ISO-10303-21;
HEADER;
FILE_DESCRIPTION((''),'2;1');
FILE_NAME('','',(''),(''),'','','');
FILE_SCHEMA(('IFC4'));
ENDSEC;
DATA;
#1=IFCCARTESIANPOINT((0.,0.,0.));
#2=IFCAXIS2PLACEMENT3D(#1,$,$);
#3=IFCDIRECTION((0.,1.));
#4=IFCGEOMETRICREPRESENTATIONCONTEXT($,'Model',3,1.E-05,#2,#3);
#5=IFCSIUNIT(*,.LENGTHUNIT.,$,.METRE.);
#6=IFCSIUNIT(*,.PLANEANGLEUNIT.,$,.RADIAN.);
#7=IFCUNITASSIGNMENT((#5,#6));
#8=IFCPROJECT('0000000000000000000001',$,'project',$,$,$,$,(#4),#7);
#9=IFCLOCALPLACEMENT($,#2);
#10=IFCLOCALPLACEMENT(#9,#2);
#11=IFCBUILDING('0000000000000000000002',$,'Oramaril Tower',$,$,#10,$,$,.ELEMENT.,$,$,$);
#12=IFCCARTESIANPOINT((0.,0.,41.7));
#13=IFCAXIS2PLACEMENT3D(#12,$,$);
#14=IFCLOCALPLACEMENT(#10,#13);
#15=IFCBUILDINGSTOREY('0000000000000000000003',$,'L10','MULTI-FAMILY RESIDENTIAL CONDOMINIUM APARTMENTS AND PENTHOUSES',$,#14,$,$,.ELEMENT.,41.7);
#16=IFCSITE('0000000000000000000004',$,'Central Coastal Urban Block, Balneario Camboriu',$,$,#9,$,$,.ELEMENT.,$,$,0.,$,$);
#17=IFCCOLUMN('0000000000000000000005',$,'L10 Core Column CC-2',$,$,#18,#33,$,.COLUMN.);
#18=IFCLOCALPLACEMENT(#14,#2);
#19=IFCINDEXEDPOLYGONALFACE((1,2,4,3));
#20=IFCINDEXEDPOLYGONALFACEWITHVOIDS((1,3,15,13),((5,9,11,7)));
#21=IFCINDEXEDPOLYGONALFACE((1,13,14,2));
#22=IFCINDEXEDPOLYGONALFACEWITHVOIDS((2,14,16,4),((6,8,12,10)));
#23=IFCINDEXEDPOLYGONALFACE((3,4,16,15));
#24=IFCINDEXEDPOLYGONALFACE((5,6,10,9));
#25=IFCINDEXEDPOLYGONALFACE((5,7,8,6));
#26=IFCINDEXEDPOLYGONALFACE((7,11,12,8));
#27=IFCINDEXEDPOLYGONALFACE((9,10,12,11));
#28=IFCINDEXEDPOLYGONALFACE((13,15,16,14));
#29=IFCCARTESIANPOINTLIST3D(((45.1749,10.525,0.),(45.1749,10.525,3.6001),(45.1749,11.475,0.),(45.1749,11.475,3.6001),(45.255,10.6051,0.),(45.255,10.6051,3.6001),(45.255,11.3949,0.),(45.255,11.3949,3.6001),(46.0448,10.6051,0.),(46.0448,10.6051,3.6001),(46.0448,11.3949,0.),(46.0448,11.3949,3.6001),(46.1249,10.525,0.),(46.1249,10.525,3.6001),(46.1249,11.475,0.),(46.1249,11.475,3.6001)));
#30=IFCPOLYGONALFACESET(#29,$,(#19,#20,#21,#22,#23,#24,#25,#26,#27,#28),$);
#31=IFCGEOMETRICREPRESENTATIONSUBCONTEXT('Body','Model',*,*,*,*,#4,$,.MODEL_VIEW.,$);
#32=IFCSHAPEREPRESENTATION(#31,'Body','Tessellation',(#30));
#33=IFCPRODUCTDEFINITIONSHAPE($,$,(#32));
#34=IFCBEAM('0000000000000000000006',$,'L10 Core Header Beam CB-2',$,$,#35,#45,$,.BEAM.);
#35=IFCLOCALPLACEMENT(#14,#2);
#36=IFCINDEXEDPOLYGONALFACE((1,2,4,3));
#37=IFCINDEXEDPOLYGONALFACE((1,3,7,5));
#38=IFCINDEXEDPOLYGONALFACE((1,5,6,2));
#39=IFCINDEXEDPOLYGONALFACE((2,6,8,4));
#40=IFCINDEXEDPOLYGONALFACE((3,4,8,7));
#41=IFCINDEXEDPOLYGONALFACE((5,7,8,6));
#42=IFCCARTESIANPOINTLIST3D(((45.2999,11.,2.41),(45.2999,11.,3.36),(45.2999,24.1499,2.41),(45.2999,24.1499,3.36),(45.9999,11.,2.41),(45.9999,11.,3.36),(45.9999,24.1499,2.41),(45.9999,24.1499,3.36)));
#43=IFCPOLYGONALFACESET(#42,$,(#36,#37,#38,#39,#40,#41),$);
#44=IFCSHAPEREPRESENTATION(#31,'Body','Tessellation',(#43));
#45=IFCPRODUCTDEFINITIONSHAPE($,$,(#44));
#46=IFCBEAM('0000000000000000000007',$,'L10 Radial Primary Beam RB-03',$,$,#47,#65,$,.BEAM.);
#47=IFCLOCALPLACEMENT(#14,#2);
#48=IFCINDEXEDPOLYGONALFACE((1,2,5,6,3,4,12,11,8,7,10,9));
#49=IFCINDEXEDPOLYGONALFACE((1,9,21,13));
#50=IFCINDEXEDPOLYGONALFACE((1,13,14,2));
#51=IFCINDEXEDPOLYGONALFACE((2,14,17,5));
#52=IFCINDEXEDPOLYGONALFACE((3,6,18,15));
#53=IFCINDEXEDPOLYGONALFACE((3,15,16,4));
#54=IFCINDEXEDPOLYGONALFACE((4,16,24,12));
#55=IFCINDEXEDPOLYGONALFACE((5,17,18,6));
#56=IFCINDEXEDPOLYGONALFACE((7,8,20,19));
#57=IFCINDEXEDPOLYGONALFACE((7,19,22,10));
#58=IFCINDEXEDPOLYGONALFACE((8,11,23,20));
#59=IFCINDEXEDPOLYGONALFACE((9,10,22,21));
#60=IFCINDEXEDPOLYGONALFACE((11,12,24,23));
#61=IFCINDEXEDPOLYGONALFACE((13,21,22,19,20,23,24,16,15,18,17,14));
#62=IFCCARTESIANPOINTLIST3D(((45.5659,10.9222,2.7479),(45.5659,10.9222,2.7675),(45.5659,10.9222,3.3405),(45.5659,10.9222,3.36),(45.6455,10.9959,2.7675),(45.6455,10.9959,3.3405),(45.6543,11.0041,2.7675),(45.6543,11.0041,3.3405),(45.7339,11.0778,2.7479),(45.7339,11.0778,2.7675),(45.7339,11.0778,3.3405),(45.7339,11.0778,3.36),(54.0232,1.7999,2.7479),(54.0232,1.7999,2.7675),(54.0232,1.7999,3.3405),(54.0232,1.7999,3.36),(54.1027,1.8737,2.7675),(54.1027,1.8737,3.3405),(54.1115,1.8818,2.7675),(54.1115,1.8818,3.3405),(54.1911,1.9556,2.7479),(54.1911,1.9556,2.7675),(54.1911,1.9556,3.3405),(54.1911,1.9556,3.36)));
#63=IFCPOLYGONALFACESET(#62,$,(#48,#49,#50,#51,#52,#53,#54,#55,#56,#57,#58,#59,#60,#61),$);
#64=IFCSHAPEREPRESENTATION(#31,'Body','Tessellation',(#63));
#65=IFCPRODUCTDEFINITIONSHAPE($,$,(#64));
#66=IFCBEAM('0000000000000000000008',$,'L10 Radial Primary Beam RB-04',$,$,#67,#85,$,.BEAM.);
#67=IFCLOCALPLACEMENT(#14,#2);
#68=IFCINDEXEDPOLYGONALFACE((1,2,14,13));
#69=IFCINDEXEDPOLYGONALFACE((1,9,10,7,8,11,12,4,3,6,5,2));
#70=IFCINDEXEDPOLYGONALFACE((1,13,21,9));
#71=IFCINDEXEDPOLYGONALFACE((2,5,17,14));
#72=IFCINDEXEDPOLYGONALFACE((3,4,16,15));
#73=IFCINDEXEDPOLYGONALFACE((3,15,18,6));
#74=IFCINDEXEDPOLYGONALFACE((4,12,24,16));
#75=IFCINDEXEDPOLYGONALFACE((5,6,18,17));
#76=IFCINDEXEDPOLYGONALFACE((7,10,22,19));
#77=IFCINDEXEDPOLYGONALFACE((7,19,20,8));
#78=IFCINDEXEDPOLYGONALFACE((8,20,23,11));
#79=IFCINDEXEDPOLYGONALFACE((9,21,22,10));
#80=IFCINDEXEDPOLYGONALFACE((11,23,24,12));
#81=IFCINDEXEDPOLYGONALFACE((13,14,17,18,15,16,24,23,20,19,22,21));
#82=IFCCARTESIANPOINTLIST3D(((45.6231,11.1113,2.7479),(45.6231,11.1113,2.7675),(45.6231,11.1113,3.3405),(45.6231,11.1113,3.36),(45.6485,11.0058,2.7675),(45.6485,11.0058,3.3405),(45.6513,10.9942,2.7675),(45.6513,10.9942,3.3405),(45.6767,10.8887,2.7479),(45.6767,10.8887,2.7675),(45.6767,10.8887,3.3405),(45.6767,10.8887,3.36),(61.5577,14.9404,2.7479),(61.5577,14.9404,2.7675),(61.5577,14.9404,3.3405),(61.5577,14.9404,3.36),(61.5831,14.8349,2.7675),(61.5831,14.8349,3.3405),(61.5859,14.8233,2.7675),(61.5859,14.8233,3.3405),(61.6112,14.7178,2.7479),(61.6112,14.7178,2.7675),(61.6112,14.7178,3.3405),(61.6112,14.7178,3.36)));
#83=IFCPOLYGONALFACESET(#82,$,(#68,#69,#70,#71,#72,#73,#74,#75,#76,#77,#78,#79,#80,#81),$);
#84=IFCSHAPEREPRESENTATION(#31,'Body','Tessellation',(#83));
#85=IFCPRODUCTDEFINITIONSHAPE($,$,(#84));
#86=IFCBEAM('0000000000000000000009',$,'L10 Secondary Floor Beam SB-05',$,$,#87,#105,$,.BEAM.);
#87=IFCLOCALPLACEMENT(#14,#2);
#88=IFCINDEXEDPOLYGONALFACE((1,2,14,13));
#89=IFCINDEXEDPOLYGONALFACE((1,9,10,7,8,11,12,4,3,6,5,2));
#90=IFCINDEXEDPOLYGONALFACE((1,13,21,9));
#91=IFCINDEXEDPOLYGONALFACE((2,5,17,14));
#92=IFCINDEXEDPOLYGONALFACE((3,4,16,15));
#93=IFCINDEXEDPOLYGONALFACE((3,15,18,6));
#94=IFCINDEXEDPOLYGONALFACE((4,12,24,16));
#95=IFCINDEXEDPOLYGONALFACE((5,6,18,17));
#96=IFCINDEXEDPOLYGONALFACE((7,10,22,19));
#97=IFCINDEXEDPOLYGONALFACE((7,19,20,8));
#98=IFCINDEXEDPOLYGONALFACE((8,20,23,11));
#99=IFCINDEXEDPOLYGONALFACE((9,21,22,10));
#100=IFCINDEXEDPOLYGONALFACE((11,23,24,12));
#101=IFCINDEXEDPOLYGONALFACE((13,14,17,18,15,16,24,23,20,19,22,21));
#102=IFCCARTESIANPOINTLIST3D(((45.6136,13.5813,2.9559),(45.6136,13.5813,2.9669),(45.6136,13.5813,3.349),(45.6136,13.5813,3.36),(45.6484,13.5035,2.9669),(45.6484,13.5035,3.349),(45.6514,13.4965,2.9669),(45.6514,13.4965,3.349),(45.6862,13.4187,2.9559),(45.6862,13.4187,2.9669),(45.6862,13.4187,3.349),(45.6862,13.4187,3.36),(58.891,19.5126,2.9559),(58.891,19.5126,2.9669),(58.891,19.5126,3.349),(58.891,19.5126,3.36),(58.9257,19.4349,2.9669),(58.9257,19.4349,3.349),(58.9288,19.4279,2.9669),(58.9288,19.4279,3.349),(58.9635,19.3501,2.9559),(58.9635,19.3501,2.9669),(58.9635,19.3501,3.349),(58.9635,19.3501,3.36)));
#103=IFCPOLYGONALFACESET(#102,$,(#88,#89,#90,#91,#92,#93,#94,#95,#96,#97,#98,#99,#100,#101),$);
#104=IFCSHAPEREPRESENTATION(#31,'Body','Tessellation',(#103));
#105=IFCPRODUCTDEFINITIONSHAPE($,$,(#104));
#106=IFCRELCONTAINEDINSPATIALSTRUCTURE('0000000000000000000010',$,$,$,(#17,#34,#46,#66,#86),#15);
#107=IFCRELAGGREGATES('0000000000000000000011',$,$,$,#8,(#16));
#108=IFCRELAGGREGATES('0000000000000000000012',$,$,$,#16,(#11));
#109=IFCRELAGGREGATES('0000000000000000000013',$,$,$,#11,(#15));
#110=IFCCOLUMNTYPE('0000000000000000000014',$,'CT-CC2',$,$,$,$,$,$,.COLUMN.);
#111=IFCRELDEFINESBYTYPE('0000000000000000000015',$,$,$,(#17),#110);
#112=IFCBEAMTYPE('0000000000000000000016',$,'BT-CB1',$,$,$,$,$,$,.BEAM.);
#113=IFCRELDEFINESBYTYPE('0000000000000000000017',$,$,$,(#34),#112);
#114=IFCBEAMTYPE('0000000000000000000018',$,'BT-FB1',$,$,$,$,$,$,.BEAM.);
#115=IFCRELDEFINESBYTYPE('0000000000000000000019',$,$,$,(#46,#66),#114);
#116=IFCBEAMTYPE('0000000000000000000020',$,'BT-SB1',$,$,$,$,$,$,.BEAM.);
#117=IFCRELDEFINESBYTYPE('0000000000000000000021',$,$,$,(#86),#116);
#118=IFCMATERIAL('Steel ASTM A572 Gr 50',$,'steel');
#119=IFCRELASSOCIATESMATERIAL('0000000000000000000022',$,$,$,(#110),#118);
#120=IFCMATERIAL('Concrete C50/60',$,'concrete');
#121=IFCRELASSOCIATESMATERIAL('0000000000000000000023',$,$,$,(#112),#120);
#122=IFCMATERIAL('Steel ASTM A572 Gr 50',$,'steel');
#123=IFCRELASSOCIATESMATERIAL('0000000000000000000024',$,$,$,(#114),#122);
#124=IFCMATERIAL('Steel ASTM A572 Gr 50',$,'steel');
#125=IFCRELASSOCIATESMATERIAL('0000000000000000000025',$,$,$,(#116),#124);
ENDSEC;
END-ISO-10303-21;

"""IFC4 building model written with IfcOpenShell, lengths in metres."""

from ifc_helpers import new_model, si_unit, direction, frame, origin, origin_2d, place, context, subcontext, project, spatial, rectangle, hollow_rectangle, i_section, extrude, material, material_profile, profile_set, type_object, element, save


model = new_model("IFC4")

# Units and contexts
model_context = context("Model", 3, precision=1e-05, world=origin(), true_north=direction((0.0, 1.0)))
body_context = subcontext(model_context, "Body", "Model", "MODEL_VIEW")
ifc_project = project(units=[si_unit("LENGTHUNIT", "METRE"), si_unit("PLANEANGLEUNIT", "RADIAN")], contexts=[model_context])

# Site, building, storey
site_placement = place(None, origin())
site = spatial("IfcSite", under=ifc_project, at=site_placement, Name="Central Coastal Urban Block, Balneario Camboriu", CompositionType="ELEMENT", RefElevation=0.0)
building_placement = place(site_placement, origin())
building = spatial("IfcBuilding", under=site, at=building_placement, Name="Oramaril Tower", CompositionType="ELEMENT")
storey_placement = place(building_placement, frame((0.0, 0.0, 41.7)))
storey = spatial("IfcBuildingStorey", under=building, at=storey_placement, Name="L10", Description="MULTI-FAMILY RESIDENTIAL CONDOMINIUM APARTMENTS AND PENTHOUSES", CompositionType="ELEMENT", Elevation=41.7)

# Column
ifc_material_1 = material(Name="Steel ASTM A572 Gr 50", Category="steel")
ifc_material_profile_1 = material_profile(ifc_material_1, hollow_rectangle(XDim=0.95, YDim=0.95, WallThickness=0.0801, at=origin_2d()), Name="BOX950X950X80")
ifc_profile_set_1 = profile_set([ifc_material_profile_1], Name="Steel ASTM A572 Gr 50")
column_type = type_object("IfcColumnType", Name="CT-CC2", PredefinedType="COLUMN", material=ifc_profile_set_1)
column_placement = place(storey_placement, frame((45.6499, 11.0, 0.0), z_axis=(0.0, 0.0, 1.0), x_axis=(1.0, 0.0, 0.0)))
element("IfcColumn", 1, at=column_placement, inside=storey, type_object=column_type, Name="L10 Core Column CC-2", PredefinedType="COLUMN", context=body_context, shape_type="SweptSolid", body=[
    extrude(hollow_rectangle(XDim=0.95, YDim=0.95, WallThickness=0.0801, at=origin_2d()), origin(), (0.0, 0.0, 1.0), 3.6001),
])

# Beams
ifc_material_2 = material(Name="Concrete C50/60", Category="concrete")
ifc_material_profile_2 = material_profile(ifc_material_2, rectangle(XDim=0.7, YDim=0.95, at=origin_2d()), Name="CB700X950")
ifc_profile_set_2 = profile_set([ifc_material_profile_2], Name="Concrete C50/60")
beam_type_1 = type_object("IfcBeamType", Name="BT-CB1", PredefinedType="BEAM", material=ifc_profile_set_2)
beam_1_placement = place(storey_placement, frame((45.6499, 11.0, 2.885), z_axis=(0.0, 1.0, 0.0), x_axis=(-1.0, 0.0, 0.0)))
element("IfcBeam", 2, at=beam_1_placement, inside=storey, type_object=beam_type_1, Name="L10 Core Header Beam CB-2", PredefinedType="BEAM", context=body_context, shape_type="SweptSolid", body=[
    extrude(rectangle(XDim=0.7, YDim=0.95, at=origin_2d()), origin(), (0.0, 0.0, 1.0), 13.1499),
])
ifc_material_3 = material(Name="Steel ASTM A572 Gr 50", Category="steel")
ifc_material_profile_3 = material_profile(ifc_material_3, i_section(OverallWidth=0.229, OverallDepth=0.6121, WebThickness=0.012, FlangeThickness=0.0195, at=origin_2d()), Name="W24X84")
ifc_profile_set_3 = profile_set([ifc_material_profile_3], Name="Steel ASTM A572 Gr 50")
beam_type_2 = type_object("IfcBeamType", Name="BT-FB1", PredefinedType="BEAM", material=ifc_profile_set_3)
beam_2_placement = place(storey_placement, frame((45.6499, 11.0, 3.054), z_axis=(0.67987, -0.733332, 0.0), x_axis=(0.733332, 0.67987, 0.0)))
element("IfcBeam", 3, at=beam_2_placement, inside=storey, type_object=beam_type_2, Name="L10 Radial Primary Beam RB-03", PredefinedType="BEAM", context=body_context, shape_type="SweptSolid", body=[
    extrude(i_section(OverallWidth=0.229, OverallDepth=0.6121, WebThickness=0.012, FlangeThickness=0.0195, at=origin_2d()), origin(), (0.0, 0.0, 1.0), 12.4395),
])
beam_3_placement = place(storey_placement, frame((45.6499, 11.0, 3.054), z_axis=(0.972321, 0.23365, 0.0), x_axis=(-0.23365, 0.972321, 0.0)))
element("IfcBeam", 4, at=beam_3_placement, inside=storey, type_object=beam_type_2, Name="L10 Radial Primary Beam RB-04", PredefinedType="BEAM", context=body_context, shape_type="SweptSolid", body=[
    extrude(i_section(OverallWidth=0.229, OverallDepth=0.6121, WebThickness=0.012, FlangeThickness=0.0195, at=origin_2d()), origin(), (0.0, 0.0, 1.0), 16.3882),
])
ifc_material_4 = material(Name="Steel ASTM A572 Gr 50", Category="steel")
ifc_material_profile_4 = material_profile(ifc_material_4, i_section(OverallWidth=0.178, OverallDepth=0.4041, WebThickness=0.0076, FlangeThickness=0.011, at=origin_2d()), Name="W16X36")
ifc_profile_set_4 = profile_set([ifc_material_profile_4], Name="Steel ASTM A572 Gr 50")
beam_type_3 = type_object("IfcBeamType", Name="BT-SB1", PredefinedType="BEAM", material=ifc_profile_set_4)
beam_4_placement = place(storey_placement, frame((45.6499, 13.5, 3.158), z_axis=(0.913035, 0.407881, 0.0), x_axis=(-0.407881, 0.913035, 0.0)))
element("IfcBeam", 5, at=beam_4_placement, inside=storey, type_object=beam_type_3, Name="L10 Secondary Floor Beam SB-05", PredefinedType="BEAM", context=body_context, shape_type="SweptSolid", body=[
    extrude(i_section(OverallWidth=0.178, OverallDepth=0.4041, WebThickness=0.0076, FlangeThickness=0.011, at=origin_2d()), origin(), (0.0, 0.0, 1.0), 14.542),
])

save(model, "model.ifc")
